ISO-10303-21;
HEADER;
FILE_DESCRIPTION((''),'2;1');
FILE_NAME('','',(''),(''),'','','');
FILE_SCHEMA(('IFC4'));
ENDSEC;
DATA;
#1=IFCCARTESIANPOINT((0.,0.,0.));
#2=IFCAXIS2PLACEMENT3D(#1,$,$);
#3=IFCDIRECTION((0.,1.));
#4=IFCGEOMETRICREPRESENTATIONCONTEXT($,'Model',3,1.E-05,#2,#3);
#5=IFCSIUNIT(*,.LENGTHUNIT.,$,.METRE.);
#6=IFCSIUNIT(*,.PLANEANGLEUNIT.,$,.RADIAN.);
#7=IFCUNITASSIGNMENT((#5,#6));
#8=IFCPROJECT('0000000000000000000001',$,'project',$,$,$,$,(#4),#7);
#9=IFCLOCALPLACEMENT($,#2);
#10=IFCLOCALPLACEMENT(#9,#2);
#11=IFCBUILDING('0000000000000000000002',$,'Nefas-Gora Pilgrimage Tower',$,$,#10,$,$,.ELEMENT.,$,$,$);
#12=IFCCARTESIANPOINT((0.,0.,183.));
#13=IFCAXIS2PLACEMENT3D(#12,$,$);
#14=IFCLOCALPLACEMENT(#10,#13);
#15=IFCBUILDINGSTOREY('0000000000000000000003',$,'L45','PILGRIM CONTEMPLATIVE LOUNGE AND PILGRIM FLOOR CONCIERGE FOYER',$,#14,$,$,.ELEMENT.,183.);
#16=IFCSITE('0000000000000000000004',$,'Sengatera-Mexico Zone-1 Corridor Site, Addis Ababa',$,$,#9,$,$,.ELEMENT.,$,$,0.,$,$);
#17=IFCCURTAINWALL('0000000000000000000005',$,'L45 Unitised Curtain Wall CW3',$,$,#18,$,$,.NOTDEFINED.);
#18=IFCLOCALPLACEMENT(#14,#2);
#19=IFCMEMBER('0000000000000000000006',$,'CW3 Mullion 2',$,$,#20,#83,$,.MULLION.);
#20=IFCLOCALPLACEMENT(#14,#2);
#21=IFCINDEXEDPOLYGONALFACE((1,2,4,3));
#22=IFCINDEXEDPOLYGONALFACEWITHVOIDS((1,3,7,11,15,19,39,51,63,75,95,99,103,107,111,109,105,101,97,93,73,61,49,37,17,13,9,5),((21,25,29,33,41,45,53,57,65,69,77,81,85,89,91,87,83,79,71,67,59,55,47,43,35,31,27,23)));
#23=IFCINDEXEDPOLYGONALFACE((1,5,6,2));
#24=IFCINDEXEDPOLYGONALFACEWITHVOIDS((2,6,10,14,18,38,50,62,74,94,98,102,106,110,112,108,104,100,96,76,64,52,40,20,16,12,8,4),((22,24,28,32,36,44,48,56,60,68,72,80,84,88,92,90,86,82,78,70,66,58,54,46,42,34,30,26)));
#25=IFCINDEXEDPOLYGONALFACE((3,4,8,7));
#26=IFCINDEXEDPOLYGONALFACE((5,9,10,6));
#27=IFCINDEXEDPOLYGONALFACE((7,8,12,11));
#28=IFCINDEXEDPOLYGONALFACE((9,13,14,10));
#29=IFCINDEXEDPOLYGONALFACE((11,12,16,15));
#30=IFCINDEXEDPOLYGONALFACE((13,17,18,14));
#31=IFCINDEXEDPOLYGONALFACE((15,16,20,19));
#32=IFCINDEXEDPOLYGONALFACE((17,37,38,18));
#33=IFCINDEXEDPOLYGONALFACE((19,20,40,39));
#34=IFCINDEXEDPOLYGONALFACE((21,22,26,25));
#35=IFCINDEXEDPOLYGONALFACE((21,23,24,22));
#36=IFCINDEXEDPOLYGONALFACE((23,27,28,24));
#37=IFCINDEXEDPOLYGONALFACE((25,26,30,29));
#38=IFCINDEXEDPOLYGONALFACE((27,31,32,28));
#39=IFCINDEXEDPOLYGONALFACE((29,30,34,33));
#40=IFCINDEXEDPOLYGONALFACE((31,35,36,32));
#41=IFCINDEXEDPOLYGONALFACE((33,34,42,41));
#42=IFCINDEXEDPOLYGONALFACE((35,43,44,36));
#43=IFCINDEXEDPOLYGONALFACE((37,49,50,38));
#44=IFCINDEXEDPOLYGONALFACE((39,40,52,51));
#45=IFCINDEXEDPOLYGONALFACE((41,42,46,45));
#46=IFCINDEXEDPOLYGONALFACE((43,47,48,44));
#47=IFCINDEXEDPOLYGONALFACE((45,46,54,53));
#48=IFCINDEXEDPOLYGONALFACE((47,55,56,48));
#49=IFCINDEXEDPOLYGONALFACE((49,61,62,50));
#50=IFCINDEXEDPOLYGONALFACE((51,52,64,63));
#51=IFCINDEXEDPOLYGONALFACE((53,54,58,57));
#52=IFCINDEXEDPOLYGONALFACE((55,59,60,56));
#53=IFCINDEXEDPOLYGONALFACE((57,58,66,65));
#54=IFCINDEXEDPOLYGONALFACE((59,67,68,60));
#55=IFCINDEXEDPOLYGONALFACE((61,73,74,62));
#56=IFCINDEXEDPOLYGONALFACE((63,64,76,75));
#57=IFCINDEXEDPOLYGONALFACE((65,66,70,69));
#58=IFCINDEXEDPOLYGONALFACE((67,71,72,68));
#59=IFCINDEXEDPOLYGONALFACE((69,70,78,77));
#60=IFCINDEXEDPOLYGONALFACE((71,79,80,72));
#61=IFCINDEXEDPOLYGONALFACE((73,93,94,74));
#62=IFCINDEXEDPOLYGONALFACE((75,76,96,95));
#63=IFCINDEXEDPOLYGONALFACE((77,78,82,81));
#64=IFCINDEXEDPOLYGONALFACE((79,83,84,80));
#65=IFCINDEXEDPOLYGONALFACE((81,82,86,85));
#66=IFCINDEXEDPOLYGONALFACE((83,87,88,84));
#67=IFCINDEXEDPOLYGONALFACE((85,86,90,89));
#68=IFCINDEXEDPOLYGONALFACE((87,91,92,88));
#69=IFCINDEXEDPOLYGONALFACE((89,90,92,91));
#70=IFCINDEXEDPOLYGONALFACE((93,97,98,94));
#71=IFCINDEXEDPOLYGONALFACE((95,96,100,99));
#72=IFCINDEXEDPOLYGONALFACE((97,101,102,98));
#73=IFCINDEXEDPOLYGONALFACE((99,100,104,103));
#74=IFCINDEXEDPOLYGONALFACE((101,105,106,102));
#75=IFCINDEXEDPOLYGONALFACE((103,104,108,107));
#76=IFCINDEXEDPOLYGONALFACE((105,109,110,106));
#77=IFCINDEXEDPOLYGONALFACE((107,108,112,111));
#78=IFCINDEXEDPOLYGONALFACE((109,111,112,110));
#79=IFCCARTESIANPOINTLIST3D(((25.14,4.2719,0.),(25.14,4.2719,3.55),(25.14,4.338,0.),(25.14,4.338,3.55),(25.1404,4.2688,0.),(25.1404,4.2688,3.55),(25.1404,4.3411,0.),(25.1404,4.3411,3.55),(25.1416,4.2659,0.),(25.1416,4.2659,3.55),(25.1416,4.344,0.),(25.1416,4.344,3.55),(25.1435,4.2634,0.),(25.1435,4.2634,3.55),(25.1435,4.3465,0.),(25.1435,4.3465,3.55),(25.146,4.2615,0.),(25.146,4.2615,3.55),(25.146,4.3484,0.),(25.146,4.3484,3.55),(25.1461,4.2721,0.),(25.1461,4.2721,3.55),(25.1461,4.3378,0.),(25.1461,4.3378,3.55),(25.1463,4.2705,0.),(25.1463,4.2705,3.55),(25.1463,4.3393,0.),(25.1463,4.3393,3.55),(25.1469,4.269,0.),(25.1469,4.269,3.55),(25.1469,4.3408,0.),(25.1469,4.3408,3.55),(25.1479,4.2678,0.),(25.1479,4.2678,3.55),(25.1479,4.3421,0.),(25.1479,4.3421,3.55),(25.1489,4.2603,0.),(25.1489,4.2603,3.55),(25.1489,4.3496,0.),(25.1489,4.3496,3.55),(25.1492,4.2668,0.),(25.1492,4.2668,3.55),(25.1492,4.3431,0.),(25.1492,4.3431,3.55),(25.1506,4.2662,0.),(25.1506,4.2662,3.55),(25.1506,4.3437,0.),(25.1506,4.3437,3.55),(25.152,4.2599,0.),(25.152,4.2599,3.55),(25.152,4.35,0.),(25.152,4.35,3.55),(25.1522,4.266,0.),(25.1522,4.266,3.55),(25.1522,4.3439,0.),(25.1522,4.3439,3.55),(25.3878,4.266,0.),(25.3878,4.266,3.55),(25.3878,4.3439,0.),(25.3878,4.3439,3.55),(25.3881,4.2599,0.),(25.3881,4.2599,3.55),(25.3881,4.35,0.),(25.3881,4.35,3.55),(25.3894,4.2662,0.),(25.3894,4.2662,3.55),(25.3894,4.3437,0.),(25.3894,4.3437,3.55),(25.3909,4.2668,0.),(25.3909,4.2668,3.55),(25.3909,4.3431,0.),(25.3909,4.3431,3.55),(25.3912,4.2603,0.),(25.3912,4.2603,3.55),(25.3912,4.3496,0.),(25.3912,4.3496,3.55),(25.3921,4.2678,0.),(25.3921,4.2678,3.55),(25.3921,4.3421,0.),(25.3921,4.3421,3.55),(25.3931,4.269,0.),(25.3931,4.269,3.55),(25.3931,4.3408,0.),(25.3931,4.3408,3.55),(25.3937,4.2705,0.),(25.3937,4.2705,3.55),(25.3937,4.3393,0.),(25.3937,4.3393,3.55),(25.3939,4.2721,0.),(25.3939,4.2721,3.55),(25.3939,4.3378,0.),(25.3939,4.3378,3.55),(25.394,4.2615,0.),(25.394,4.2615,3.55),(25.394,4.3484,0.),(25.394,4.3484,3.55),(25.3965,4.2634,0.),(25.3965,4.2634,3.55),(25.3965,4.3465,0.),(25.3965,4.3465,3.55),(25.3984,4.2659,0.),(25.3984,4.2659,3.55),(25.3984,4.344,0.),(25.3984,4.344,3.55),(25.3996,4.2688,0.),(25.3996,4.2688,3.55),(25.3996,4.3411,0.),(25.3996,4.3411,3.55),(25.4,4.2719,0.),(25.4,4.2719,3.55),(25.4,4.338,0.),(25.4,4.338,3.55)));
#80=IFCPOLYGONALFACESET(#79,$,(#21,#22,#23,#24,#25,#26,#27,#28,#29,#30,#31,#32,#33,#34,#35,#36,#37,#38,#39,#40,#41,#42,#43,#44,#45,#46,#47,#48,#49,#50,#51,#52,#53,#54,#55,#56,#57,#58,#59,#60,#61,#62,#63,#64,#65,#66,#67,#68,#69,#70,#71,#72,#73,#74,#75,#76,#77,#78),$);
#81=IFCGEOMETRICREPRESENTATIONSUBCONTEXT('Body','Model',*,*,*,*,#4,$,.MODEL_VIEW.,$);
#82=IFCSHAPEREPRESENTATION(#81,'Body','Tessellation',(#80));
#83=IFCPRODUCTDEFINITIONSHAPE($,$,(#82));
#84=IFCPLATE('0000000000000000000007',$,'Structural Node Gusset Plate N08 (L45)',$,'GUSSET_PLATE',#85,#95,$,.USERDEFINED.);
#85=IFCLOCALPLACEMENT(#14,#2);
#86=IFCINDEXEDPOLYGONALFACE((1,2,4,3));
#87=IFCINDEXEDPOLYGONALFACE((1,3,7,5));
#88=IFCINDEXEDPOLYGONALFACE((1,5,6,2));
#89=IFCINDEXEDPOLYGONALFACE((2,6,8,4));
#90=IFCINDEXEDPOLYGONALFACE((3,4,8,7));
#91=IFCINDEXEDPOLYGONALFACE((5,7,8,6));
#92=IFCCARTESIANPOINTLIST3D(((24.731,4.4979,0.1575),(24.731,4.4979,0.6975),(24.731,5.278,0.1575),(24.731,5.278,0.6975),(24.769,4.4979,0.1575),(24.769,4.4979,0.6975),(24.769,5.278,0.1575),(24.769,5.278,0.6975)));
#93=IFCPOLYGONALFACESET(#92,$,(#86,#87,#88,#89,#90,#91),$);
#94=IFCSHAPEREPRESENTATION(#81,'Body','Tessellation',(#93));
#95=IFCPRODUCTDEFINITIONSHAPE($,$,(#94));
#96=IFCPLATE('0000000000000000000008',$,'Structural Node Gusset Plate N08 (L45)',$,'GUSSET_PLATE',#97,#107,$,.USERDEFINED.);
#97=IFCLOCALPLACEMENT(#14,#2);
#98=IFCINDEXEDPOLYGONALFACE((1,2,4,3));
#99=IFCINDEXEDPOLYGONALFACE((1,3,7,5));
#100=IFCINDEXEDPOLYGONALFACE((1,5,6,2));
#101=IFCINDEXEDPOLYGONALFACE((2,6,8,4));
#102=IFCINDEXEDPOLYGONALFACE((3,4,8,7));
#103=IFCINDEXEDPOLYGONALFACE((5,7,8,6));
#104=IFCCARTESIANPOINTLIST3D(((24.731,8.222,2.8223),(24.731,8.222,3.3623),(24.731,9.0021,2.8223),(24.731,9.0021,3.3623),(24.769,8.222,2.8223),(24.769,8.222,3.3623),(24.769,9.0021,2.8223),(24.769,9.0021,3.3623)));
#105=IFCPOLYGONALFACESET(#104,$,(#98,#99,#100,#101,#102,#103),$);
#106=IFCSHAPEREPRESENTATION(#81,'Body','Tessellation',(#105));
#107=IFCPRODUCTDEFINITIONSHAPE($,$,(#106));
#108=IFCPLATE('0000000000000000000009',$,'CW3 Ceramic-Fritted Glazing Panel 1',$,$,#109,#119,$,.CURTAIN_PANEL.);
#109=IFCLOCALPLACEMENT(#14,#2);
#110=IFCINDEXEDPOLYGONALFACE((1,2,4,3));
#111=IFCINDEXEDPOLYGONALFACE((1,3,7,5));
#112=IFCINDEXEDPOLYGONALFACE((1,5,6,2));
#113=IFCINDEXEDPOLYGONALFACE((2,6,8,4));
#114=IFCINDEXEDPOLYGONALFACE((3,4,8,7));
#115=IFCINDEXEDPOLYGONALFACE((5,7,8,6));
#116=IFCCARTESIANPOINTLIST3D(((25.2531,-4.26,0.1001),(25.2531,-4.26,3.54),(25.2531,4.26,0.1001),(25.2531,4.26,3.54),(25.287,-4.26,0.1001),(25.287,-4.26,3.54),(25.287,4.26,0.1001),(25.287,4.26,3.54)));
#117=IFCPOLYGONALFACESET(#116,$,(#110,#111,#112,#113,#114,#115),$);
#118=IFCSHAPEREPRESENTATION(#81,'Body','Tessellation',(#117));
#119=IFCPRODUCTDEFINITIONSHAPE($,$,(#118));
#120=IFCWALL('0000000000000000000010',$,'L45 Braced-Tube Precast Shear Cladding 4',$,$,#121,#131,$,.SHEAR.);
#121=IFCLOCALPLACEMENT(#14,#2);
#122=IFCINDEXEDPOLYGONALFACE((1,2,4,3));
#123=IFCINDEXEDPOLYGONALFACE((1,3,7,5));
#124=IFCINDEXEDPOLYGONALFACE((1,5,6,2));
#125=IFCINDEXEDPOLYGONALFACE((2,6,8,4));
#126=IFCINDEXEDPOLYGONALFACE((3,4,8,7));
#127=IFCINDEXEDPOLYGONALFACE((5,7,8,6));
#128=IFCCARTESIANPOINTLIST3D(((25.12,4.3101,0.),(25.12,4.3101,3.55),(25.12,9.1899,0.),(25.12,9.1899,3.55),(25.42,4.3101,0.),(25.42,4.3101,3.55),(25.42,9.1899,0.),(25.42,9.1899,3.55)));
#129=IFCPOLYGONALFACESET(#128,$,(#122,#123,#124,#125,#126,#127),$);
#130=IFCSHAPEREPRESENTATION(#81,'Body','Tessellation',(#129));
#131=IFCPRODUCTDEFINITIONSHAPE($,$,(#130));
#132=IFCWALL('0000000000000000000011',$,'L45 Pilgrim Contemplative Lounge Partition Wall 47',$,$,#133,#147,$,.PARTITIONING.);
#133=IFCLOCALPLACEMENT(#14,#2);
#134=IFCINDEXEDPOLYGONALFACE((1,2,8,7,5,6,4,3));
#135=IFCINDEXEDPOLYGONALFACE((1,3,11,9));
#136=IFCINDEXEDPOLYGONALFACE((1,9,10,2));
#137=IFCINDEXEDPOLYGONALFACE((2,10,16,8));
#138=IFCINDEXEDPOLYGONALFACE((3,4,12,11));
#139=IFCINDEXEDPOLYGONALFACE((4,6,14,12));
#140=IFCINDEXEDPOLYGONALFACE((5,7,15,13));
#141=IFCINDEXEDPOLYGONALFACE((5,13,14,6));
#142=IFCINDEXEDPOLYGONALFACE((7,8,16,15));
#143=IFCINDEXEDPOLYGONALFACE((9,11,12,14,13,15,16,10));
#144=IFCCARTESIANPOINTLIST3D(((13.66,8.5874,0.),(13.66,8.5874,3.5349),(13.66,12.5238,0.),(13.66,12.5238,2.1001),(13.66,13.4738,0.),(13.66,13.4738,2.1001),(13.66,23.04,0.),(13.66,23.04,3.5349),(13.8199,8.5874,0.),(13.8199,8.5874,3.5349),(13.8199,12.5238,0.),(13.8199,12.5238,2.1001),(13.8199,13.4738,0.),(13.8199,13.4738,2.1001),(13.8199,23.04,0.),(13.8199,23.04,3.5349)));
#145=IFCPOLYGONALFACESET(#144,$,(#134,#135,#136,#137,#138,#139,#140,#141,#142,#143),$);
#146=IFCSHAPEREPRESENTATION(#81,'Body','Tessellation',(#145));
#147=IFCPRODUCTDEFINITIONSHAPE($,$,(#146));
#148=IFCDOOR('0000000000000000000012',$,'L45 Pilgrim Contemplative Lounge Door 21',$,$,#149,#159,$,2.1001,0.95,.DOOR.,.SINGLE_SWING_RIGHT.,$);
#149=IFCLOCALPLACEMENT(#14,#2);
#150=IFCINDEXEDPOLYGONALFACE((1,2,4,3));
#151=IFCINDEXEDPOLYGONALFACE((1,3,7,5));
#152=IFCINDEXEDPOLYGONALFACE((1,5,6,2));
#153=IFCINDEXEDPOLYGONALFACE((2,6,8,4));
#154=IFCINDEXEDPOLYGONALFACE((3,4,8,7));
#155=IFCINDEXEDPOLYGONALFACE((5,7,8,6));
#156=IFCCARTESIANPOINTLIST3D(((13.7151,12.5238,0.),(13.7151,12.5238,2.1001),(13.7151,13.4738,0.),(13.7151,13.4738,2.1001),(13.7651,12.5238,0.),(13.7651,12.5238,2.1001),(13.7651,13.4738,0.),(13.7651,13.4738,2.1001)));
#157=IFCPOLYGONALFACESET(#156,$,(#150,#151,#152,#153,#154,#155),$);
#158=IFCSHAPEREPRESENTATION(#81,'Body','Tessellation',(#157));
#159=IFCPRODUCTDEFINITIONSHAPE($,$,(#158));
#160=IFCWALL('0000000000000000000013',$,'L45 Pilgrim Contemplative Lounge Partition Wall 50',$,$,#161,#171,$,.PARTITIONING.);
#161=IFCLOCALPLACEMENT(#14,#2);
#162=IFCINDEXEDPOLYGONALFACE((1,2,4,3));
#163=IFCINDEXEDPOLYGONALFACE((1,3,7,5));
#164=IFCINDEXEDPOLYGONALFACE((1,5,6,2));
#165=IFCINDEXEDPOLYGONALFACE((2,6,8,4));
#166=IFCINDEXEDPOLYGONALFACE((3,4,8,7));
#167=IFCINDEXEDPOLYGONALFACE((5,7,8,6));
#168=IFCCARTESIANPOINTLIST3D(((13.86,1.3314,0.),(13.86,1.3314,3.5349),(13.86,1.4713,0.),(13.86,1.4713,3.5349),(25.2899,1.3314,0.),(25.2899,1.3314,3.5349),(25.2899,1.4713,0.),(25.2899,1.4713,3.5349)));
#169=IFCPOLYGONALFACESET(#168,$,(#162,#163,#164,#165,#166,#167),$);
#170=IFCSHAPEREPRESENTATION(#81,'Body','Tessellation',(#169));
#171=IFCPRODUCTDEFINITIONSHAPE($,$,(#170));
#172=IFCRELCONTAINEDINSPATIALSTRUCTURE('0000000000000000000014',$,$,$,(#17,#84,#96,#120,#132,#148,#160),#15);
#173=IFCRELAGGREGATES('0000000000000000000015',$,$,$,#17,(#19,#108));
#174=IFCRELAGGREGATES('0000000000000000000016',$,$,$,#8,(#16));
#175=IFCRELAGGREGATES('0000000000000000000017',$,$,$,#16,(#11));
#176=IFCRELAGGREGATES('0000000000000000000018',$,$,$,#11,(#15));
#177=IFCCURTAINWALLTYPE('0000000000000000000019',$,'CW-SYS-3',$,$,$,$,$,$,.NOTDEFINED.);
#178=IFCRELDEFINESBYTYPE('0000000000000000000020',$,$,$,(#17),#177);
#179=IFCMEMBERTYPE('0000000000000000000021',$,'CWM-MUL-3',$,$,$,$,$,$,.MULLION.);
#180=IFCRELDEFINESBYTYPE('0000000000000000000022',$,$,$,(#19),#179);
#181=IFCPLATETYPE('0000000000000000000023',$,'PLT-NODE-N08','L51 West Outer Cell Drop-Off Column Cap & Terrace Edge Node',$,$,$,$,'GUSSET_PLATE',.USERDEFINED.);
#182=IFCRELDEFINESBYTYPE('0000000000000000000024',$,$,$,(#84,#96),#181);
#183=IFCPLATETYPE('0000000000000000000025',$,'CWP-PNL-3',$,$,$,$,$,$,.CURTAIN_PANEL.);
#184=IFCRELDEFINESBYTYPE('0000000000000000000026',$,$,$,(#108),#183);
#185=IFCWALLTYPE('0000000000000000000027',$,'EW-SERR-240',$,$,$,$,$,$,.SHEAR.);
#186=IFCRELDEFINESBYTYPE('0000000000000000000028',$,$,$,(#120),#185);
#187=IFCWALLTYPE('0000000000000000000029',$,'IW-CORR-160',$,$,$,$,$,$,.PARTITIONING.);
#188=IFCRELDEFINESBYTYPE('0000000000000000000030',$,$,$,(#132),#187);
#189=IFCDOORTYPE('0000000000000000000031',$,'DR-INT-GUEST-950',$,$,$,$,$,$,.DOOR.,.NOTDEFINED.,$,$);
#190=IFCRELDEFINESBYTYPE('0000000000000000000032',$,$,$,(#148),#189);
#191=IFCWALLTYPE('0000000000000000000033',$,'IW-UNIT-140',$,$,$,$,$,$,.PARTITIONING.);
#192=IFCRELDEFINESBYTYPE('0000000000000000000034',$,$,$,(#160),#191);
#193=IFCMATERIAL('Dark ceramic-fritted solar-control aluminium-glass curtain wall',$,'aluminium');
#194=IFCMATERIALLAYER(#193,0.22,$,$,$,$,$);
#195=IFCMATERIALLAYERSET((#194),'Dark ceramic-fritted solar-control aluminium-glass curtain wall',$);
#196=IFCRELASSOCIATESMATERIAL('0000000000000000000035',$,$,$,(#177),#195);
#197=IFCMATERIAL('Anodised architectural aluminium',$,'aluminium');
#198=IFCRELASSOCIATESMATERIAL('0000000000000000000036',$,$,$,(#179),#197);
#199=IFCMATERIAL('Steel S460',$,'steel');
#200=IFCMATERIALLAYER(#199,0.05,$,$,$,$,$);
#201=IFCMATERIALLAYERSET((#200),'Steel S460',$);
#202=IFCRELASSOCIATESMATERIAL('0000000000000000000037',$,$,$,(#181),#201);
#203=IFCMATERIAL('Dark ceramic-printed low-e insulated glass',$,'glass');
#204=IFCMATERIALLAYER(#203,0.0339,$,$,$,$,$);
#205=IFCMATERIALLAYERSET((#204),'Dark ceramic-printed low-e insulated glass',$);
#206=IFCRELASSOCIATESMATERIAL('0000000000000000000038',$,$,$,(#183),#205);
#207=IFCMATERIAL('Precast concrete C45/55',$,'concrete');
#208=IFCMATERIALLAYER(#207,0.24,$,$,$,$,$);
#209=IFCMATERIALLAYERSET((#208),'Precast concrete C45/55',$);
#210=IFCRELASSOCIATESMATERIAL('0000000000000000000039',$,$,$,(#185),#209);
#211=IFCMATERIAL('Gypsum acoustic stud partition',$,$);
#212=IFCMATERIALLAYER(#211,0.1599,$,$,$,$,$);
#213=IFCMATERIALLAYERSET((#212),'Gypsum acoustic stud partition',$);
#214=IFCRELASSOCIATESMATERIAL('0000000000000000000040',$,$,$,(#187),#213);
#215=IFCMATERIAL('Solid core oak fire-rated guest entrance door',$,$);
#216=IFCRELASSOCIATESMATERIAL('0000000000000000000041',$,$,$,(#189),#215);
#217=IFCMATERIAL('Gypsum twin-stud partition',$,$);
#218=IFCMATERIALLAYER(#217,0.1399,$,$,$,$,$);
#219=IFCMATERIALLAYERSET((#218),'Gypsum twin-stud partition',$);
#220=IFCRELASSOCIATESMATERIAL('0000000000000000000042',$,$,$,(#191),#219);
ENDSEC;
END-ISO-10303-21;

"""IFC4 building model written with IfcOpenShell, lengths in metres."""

from ifc_helpers import new_model, si_unit, direction, frame, frame_2d, origin, origin_2d, place, context, subcontext, project, spatial, rectangle, hollow_rectangle, extrude, source, transform, mapped, material, layer, layer_set, material_profile, profile_set, type_object, element, fill, aggregate, save


model = new_model("IFC4")

# Units and contexts
model_context = context("Model", 3, precision=1e-05, world=origin(), true_north=direction((0.0, 1.0)))
body_context = subcontext(model_context, "Body", "Model", "MODEL_VIEW")
ifc_project = project(units=[si_unit("LENGTHUNIT", "METRE"), si_unit("PLANEANGLEUNIT", "RADIAN")], contexts=[model_context])

# Site, building, storey
site_placement = place(None, origin())
site = spatial("IfcSite", under=ifc_project, at=site_placement, Name="Sengatera-Mexico Zone-1 Corridor Site, Addis Ababa", CompositionType="ELEMENT", RefElevation=0.0)
building_placement = place(site_placement, origin())
building = spatial("IfcBuilding", under=site, at=building_placement, Name="Nefas-Gora Pilgrimage Tower", CompositionType="ELEMENT")
storey_placement = place(building_placement, frame((0.0, 0.0, 183.0)))
storey = spatial("IfcBuildingStorey", under=building, at=storey_placement, Name="L45", Description="PILGRIM CONTEMPLATIVE LOUNGE AND PILGRIM FLOOR CONCIERGE FOYER", CompositionType="ELEMENT", Elevation=183.0)

# Shared definitions
ifc_material_1 = material(Name="Steel S460", Category="steel")

# Curtain wall, member
ifc_material_2 = material(Name="Dark ceramic-fritted solar-control aluminium-glass curtain wall", Category="aluminium")
ifc_layer_1 = layer(ifc_material_2, 0.22)
ifc_layer_set_1 = layer_set([ifc_layer_1], Name="Dark ceramic-fritted solar-control aluminium-glass curtain wall")
curtain_wall_type = type_object("IfcCurtainWallType", Name="CW-SYS-3", PredefinedType="NOTDEFINED", material=ifc_layer_set_1)
curtain_wall_placement = place(storey_placement, origin())
curtain_wall = element("IfcCurtainWall", 1, at=curtain_wall_placement, inside=storey, type_object=curtain_wall_type, Name="L45 Unitised Curtain Wall CW3", PredefinedType="NOTDEFINED")
ifc_material_3 = material(Name="Anodised architectural aluminium", Category="aluminium")
ifc_material_profile_1 = material_profile(ifc_material_3, hollow_rectangle(XDim=0.0901, YDim=0.26, WallThickness=0.0061, InnerFilletRadius=0.0061, OuterFilletRadius=0.012, at=origin_2d()), Name="ALU MULLION 90x260")
ifc_profile_set_1 = profile_set([ifc_material_profile_1], Name="Anodised architectural aluminium")
member_type_1 = type_object("IfcMemberType", Name="CWM-MUL-3", PredefinedType="MULLION", material=ifc_profile_set_1)
shared_shape_1 = source(origin(), body_context, "Body", "SweptSolid", [
    extrude(hollow_rectangle(XDim=0.0901, YDim=0.26, WallThickness=0.0061, InnerFilletRadius=0.0061, OuterFilletRadius=0.012, at=origin_2d()), origin(), (0.0, 0.0, 1.0), 3.55),
])
member_1_placement = place(storey_placement, frame((25.27, 4.3049, 0.0), z_axis=(0.0, 0.0, 1.0), x_axis=(0.0, 1.0, 0.0)))
member_1 = element("IfcMember", 2, at=member_1_placement, type_object=member_type_1, Name="CW3 Mullion 2", PredefinedType="MULLION", context=body_context, shape_type="MappedRepresentation", body=[
    mapped(shared_shape_1, transform((0.0, 0.0, 0.0), x_axis=(1.0, 0.0, 0.0), y_axis=(0.0, 1.0, 0.0), z_axis=(0.0, 0.0, 1.0), scale=1.0)),
])

# Plates
ifc_layer_2 = layer(ifc_material_1, 0.05)
ifc_layer_set_2 = layer_set([ifc_layer_2], Name="Steel S460")
plate_type_1 = type_object("IfcPlateType", Name="PLT-NODE-N08", Description="L51 West Outer Cell Drop-Off Column Cap & Terrace Edge Node", ElementType="GUSSET_PLATE", PredefinedType="USERDEFINED", material=ifc_layer_set_2)
shared_shape_2 = source(origin(), body_context, "Body", "SweptSolid", [
    extrude(rectangle(XDim=0.78, YDim=0.0381, at=origin_2d()), origin(), (0.0, 0.0, 1.0), 0.54),
])
for number, where, z_axis, x_axis, name in (
    (3, (24.75, 4.8879, 0.1575), (0.0, 0.0, 1.0), (0.0, 1.0, 0.0), "Structural Node Gusset Plate N08 (L45)"),
    (4, (24.75, 8.6121, 2.8223), (0.0, 0.0, 1.0), (0.0, 1.0, 0.0), "Structural Node Gusset Plate N08 (L45)"),
):
    element("IfcPlate", number, at=place(storey_placement, frame(where, z_axis=z_axis, x_axis=x_axis)), inside=storey, type_object=plate_type_1, Name=name, ObjectType="GUSSET_PLATE", PredefinedType="USERDEFINED", context=body_context, shape_type="MappedRepresentation", body=[
        mapped(shared_shape_2, transform((0.0, 0.0, 0.0), x_axis=(1.0, 0.0, 0.0), y_axis=(0.0, 1.0, 0.0), z_axis=(0.0, 0.0, 1.0), scale=1.0)),
    ])

# Plate
ifc_material_4 = material(Name="Dark ceramic-printed low-e insulated glass", Category="glass")
ifc_layer_3 = layer(ifc_material_4, 0.0339)
ifc_layer_set_3 = layer_set([ifc_layer_3], Name="Dark ceramic-printed low-e insulated glass")
plate_type_2 = type_object("IfcPlateType", Name="CWP-PNL-3", PredefinedType="CURTAIN_PANEL", material=ifc_layer_set_3)
shared_shape_3 = source(origin(), body_context, "Body", "SweptSolid", [
    extrude(rectangle(XDim=8.52, YDim=0.0339, at=origin_2d()), origin(), (0.0, 0.0, 1.0), 3.4399),
])
plate_placement = place(storey_placement, frame((25.27, 0.0, 0.1001), z_axis=(0.0, 0.0, 1.0), x_axis=(0.0, 1.0, 0.0)))
plate = element("IfcPlate", 5, at=plate_placement, type_object=plate_type_2, Name="CW3 Ceramic-Fritted Glazing Panel 1", PredefinedType="CURTAIN_PANEL", context=body_context, shape_type="MappedRepresentation", body=[
    mapped(shared_shape_3, transform((0.0, 0.0, 0.0), x_axis=(1.0, 0.0, 0.0), y_axis=(0.0, 1.0, 0.0), z_axis=(0.0, 0.0, 1.0), scale=1.0)),
])
aggregate(curtain_wall, [member_1, plate])

# Wall
ifc_material_5 = material(Name="Precast concrete C45/55", Category="concrete")
ifc_layer_4 = layer(ifc_material_5, 0.24)
ifc_layer_set_4 = layer_set([ifc_layer_4], Name="Precast concrete C45/55")
wall_type_1 = type_object("IfcWallType", Name="EW-SERR-240", PredefinedType="SHEAR", material=ifc_layer_set_4)
shared_shape_4 = source(origin(), body_context, "Body", "SweptSolid", [
    extrude(rectangle(XDim=4.8799, YDim=0.3, at=frame_2d((2.4399, 0.0))), origin(), (0.0, 0.0, 1.0), 3.55),
])
wall_1_placement = place(storey_placement, frame((25.27, 4.3101, 0.0), z_axis=(0.0, 0.0, 1.0), x_axis=(0.0, 1.0, 0.0)))
element("IfcWall", 6, at=wall_1_placement, inside=storey, type_object=wall_type_1, Name="L45 Braced-Tube Precast Shear Cladding 4", PredefinedType="SHEAR", context=body_context, shape_type="MappedRepresentation", body=[
    mapped(shared_shape_4, transform((0.0, 0.0, 0.0), x_axis=(1.0, 0.0, 0.0), y_axis=(0.0, 1.0, 0.0), z_axis=(0.0, 0.0, 1.0), scale=1.0)),
])

# Wall, opening, door
ifc_material_6 = material(Name="Gypsum acoustic stud partition")
ifc_layer_5 = layer(ifc_material_6, 0.1599)
ifc_layer_set_5 = layer_set([ifc_layer_5], Name="Gypsum acoustic stud partition")
wall_type_2 = type_object("IfcWallType", Name="IW-CORR-160", PredefinedType="PARTITIONING", material=ifc_layer_set_5)
shared_shape_5 = source(origin(), body_context, "Body", "SweptSolid", [
    extrude(rectangle(XDim=14.4526, YDim=0.1599, at=frame_2d((7.2263, 0.0))), origin(), (0.0, 0.0, 1.0), 3.5349),
])
wall_2_placement = place(storey_placement, frame((13.74, 8.5874, 0.0), z_axis=(0.0, 0.0, 1.0), x_axis=(0.0, 1.0, 0.0)))
wall_2 = element("IfcWall", 7, at=wall_2_placement, inside=storey, type_object=wall_type_2, Name="L45 Pilgrim Contemplative Lounge Partition Wall 47", PredefinedType="PARTITIONING", context=body_context, shape_type="MappedRepresentation", body=[
    mapped(shared_shape_5, transform((0.0, 0.0, 0.0), x_axis=(1.0, 0.0, 0.0), y_axis=(0.0, 1.0, 0.0), z_axis=(0.0, 0.0, 1.0), scale=1.0)),
])
opening_1_placement = place(wall_2_placement, frame((3.9363, 0.0, 0.0)))
opening_1 = element("IfcOpeningElement", 8, at=opening_1_placement, cuts=wall_2, PredefinedType="OPENING", context=body_context, shape_type="SweptSolid", body=[
    extrude(rectangle(XDim=0.95, YDim=2.1001, at=frame_2d((0.4751, 1.05))), frame((0.0, 0.0898, 0.0), z_axis=(0.0, -1.0, 0.0), x_axis=(1.0, 0.0, 0.0)), (0.0, 0.0, 1.0), 0.1799),
])
ifc_material_7 = material(Name="Solid core oak fire-rated guest entrance door")
door_type = type_object("IfcDoorType", Name="DR-INT-GUEST-950", OperationType="NOTDEFINED", PredefinedType="DOOR", material=ifc_material_7)
shared_shape_6 = source(origin(), body_context, "Body", "SweptSolid", [
    extrude(rectangle(XDim=0.95, YDim=2.1001, at=frame_2d((0.4751, 1.05))), frame((0.0, 0.0249, 0.0), z_axis=(0.0, -1.0, 0.0), x_axis=(1.0, 0.0, 0.0)), (0.0, 0.0, 1.0), 0.05),
])
door_1_placement = place(opening_1_placement, origin())
door_1 = element("IfcDoor", 9, at=door_1_placement, inside=storey, type_object=door_type, Name="L45 Pilgrim Contemplative Lounge Door 21", OperationType="SINGLE_SWING_RIGHT", OverallHeight=2.1001, OverallWidth=0.95, PredefinedType="DOOR", context=body_context, shape_type="MappedRepresentation", body=[
    mapped(shared_shape_6, transform((0.0, 0.0, 0.0), x_axis=(1.0, 0.0, 0.0), y_axis=(0.0, 1.0, 0.0), z_axis=(0.0, 0.0, 1.0), scale=1.0)),
])
fill(opening_1, door_1)

# Wall
ifc_material_8 = material(Name="Gypsum twin-stud partition")
ifc_layer_6 = layer(ifc_material_8, 0.1399)
ifc_layer_set_6 = layer_set([ifc_layer_6], Name="Gypsum twin-stud partition")
wall_type_3 = type_object("IfcWallType", Name="IW-UNIT-140", PredefinedType="PARTITIONING", material=ifc_layer_set_6)
shared_shape_7 = source(origin(), body_context, "Body", "SweptSolid", [
    extrude(rectangle(XDim=11.4299, YDim=0.1399, at=frame_2d((5.7148, 0.0))), origin(), (0.0, 0.0, 1.0), 3.5349),
])
wall_3_placement = place(storey_placement, frame((13.8601, 1.4014, 0.0), z_axis=(0.0, 0.0, 1.0), x_axis=(1.0, 0.0, 0.0)))
element("IfcWall", 10, at=wall_3_placement, inside=storey, type_object=wall_type_3, Name="L45 Pilgrim Contemplative Lounge Partition Wall 50", PredefinedType="PARTITIONING", context=body_context, shape_type="MappedRepresentation", body=[
    mapped(shared_shape_7, transform((0.0, 0.0, 0.0), x_axis=(1.0, 0.0, 0.0), y_axis=(0.0, 1.0, 0.0), z_axis=(0.0, 0.0, 1.0), scale=1.0)),
])

save(model, "model.ifc")
